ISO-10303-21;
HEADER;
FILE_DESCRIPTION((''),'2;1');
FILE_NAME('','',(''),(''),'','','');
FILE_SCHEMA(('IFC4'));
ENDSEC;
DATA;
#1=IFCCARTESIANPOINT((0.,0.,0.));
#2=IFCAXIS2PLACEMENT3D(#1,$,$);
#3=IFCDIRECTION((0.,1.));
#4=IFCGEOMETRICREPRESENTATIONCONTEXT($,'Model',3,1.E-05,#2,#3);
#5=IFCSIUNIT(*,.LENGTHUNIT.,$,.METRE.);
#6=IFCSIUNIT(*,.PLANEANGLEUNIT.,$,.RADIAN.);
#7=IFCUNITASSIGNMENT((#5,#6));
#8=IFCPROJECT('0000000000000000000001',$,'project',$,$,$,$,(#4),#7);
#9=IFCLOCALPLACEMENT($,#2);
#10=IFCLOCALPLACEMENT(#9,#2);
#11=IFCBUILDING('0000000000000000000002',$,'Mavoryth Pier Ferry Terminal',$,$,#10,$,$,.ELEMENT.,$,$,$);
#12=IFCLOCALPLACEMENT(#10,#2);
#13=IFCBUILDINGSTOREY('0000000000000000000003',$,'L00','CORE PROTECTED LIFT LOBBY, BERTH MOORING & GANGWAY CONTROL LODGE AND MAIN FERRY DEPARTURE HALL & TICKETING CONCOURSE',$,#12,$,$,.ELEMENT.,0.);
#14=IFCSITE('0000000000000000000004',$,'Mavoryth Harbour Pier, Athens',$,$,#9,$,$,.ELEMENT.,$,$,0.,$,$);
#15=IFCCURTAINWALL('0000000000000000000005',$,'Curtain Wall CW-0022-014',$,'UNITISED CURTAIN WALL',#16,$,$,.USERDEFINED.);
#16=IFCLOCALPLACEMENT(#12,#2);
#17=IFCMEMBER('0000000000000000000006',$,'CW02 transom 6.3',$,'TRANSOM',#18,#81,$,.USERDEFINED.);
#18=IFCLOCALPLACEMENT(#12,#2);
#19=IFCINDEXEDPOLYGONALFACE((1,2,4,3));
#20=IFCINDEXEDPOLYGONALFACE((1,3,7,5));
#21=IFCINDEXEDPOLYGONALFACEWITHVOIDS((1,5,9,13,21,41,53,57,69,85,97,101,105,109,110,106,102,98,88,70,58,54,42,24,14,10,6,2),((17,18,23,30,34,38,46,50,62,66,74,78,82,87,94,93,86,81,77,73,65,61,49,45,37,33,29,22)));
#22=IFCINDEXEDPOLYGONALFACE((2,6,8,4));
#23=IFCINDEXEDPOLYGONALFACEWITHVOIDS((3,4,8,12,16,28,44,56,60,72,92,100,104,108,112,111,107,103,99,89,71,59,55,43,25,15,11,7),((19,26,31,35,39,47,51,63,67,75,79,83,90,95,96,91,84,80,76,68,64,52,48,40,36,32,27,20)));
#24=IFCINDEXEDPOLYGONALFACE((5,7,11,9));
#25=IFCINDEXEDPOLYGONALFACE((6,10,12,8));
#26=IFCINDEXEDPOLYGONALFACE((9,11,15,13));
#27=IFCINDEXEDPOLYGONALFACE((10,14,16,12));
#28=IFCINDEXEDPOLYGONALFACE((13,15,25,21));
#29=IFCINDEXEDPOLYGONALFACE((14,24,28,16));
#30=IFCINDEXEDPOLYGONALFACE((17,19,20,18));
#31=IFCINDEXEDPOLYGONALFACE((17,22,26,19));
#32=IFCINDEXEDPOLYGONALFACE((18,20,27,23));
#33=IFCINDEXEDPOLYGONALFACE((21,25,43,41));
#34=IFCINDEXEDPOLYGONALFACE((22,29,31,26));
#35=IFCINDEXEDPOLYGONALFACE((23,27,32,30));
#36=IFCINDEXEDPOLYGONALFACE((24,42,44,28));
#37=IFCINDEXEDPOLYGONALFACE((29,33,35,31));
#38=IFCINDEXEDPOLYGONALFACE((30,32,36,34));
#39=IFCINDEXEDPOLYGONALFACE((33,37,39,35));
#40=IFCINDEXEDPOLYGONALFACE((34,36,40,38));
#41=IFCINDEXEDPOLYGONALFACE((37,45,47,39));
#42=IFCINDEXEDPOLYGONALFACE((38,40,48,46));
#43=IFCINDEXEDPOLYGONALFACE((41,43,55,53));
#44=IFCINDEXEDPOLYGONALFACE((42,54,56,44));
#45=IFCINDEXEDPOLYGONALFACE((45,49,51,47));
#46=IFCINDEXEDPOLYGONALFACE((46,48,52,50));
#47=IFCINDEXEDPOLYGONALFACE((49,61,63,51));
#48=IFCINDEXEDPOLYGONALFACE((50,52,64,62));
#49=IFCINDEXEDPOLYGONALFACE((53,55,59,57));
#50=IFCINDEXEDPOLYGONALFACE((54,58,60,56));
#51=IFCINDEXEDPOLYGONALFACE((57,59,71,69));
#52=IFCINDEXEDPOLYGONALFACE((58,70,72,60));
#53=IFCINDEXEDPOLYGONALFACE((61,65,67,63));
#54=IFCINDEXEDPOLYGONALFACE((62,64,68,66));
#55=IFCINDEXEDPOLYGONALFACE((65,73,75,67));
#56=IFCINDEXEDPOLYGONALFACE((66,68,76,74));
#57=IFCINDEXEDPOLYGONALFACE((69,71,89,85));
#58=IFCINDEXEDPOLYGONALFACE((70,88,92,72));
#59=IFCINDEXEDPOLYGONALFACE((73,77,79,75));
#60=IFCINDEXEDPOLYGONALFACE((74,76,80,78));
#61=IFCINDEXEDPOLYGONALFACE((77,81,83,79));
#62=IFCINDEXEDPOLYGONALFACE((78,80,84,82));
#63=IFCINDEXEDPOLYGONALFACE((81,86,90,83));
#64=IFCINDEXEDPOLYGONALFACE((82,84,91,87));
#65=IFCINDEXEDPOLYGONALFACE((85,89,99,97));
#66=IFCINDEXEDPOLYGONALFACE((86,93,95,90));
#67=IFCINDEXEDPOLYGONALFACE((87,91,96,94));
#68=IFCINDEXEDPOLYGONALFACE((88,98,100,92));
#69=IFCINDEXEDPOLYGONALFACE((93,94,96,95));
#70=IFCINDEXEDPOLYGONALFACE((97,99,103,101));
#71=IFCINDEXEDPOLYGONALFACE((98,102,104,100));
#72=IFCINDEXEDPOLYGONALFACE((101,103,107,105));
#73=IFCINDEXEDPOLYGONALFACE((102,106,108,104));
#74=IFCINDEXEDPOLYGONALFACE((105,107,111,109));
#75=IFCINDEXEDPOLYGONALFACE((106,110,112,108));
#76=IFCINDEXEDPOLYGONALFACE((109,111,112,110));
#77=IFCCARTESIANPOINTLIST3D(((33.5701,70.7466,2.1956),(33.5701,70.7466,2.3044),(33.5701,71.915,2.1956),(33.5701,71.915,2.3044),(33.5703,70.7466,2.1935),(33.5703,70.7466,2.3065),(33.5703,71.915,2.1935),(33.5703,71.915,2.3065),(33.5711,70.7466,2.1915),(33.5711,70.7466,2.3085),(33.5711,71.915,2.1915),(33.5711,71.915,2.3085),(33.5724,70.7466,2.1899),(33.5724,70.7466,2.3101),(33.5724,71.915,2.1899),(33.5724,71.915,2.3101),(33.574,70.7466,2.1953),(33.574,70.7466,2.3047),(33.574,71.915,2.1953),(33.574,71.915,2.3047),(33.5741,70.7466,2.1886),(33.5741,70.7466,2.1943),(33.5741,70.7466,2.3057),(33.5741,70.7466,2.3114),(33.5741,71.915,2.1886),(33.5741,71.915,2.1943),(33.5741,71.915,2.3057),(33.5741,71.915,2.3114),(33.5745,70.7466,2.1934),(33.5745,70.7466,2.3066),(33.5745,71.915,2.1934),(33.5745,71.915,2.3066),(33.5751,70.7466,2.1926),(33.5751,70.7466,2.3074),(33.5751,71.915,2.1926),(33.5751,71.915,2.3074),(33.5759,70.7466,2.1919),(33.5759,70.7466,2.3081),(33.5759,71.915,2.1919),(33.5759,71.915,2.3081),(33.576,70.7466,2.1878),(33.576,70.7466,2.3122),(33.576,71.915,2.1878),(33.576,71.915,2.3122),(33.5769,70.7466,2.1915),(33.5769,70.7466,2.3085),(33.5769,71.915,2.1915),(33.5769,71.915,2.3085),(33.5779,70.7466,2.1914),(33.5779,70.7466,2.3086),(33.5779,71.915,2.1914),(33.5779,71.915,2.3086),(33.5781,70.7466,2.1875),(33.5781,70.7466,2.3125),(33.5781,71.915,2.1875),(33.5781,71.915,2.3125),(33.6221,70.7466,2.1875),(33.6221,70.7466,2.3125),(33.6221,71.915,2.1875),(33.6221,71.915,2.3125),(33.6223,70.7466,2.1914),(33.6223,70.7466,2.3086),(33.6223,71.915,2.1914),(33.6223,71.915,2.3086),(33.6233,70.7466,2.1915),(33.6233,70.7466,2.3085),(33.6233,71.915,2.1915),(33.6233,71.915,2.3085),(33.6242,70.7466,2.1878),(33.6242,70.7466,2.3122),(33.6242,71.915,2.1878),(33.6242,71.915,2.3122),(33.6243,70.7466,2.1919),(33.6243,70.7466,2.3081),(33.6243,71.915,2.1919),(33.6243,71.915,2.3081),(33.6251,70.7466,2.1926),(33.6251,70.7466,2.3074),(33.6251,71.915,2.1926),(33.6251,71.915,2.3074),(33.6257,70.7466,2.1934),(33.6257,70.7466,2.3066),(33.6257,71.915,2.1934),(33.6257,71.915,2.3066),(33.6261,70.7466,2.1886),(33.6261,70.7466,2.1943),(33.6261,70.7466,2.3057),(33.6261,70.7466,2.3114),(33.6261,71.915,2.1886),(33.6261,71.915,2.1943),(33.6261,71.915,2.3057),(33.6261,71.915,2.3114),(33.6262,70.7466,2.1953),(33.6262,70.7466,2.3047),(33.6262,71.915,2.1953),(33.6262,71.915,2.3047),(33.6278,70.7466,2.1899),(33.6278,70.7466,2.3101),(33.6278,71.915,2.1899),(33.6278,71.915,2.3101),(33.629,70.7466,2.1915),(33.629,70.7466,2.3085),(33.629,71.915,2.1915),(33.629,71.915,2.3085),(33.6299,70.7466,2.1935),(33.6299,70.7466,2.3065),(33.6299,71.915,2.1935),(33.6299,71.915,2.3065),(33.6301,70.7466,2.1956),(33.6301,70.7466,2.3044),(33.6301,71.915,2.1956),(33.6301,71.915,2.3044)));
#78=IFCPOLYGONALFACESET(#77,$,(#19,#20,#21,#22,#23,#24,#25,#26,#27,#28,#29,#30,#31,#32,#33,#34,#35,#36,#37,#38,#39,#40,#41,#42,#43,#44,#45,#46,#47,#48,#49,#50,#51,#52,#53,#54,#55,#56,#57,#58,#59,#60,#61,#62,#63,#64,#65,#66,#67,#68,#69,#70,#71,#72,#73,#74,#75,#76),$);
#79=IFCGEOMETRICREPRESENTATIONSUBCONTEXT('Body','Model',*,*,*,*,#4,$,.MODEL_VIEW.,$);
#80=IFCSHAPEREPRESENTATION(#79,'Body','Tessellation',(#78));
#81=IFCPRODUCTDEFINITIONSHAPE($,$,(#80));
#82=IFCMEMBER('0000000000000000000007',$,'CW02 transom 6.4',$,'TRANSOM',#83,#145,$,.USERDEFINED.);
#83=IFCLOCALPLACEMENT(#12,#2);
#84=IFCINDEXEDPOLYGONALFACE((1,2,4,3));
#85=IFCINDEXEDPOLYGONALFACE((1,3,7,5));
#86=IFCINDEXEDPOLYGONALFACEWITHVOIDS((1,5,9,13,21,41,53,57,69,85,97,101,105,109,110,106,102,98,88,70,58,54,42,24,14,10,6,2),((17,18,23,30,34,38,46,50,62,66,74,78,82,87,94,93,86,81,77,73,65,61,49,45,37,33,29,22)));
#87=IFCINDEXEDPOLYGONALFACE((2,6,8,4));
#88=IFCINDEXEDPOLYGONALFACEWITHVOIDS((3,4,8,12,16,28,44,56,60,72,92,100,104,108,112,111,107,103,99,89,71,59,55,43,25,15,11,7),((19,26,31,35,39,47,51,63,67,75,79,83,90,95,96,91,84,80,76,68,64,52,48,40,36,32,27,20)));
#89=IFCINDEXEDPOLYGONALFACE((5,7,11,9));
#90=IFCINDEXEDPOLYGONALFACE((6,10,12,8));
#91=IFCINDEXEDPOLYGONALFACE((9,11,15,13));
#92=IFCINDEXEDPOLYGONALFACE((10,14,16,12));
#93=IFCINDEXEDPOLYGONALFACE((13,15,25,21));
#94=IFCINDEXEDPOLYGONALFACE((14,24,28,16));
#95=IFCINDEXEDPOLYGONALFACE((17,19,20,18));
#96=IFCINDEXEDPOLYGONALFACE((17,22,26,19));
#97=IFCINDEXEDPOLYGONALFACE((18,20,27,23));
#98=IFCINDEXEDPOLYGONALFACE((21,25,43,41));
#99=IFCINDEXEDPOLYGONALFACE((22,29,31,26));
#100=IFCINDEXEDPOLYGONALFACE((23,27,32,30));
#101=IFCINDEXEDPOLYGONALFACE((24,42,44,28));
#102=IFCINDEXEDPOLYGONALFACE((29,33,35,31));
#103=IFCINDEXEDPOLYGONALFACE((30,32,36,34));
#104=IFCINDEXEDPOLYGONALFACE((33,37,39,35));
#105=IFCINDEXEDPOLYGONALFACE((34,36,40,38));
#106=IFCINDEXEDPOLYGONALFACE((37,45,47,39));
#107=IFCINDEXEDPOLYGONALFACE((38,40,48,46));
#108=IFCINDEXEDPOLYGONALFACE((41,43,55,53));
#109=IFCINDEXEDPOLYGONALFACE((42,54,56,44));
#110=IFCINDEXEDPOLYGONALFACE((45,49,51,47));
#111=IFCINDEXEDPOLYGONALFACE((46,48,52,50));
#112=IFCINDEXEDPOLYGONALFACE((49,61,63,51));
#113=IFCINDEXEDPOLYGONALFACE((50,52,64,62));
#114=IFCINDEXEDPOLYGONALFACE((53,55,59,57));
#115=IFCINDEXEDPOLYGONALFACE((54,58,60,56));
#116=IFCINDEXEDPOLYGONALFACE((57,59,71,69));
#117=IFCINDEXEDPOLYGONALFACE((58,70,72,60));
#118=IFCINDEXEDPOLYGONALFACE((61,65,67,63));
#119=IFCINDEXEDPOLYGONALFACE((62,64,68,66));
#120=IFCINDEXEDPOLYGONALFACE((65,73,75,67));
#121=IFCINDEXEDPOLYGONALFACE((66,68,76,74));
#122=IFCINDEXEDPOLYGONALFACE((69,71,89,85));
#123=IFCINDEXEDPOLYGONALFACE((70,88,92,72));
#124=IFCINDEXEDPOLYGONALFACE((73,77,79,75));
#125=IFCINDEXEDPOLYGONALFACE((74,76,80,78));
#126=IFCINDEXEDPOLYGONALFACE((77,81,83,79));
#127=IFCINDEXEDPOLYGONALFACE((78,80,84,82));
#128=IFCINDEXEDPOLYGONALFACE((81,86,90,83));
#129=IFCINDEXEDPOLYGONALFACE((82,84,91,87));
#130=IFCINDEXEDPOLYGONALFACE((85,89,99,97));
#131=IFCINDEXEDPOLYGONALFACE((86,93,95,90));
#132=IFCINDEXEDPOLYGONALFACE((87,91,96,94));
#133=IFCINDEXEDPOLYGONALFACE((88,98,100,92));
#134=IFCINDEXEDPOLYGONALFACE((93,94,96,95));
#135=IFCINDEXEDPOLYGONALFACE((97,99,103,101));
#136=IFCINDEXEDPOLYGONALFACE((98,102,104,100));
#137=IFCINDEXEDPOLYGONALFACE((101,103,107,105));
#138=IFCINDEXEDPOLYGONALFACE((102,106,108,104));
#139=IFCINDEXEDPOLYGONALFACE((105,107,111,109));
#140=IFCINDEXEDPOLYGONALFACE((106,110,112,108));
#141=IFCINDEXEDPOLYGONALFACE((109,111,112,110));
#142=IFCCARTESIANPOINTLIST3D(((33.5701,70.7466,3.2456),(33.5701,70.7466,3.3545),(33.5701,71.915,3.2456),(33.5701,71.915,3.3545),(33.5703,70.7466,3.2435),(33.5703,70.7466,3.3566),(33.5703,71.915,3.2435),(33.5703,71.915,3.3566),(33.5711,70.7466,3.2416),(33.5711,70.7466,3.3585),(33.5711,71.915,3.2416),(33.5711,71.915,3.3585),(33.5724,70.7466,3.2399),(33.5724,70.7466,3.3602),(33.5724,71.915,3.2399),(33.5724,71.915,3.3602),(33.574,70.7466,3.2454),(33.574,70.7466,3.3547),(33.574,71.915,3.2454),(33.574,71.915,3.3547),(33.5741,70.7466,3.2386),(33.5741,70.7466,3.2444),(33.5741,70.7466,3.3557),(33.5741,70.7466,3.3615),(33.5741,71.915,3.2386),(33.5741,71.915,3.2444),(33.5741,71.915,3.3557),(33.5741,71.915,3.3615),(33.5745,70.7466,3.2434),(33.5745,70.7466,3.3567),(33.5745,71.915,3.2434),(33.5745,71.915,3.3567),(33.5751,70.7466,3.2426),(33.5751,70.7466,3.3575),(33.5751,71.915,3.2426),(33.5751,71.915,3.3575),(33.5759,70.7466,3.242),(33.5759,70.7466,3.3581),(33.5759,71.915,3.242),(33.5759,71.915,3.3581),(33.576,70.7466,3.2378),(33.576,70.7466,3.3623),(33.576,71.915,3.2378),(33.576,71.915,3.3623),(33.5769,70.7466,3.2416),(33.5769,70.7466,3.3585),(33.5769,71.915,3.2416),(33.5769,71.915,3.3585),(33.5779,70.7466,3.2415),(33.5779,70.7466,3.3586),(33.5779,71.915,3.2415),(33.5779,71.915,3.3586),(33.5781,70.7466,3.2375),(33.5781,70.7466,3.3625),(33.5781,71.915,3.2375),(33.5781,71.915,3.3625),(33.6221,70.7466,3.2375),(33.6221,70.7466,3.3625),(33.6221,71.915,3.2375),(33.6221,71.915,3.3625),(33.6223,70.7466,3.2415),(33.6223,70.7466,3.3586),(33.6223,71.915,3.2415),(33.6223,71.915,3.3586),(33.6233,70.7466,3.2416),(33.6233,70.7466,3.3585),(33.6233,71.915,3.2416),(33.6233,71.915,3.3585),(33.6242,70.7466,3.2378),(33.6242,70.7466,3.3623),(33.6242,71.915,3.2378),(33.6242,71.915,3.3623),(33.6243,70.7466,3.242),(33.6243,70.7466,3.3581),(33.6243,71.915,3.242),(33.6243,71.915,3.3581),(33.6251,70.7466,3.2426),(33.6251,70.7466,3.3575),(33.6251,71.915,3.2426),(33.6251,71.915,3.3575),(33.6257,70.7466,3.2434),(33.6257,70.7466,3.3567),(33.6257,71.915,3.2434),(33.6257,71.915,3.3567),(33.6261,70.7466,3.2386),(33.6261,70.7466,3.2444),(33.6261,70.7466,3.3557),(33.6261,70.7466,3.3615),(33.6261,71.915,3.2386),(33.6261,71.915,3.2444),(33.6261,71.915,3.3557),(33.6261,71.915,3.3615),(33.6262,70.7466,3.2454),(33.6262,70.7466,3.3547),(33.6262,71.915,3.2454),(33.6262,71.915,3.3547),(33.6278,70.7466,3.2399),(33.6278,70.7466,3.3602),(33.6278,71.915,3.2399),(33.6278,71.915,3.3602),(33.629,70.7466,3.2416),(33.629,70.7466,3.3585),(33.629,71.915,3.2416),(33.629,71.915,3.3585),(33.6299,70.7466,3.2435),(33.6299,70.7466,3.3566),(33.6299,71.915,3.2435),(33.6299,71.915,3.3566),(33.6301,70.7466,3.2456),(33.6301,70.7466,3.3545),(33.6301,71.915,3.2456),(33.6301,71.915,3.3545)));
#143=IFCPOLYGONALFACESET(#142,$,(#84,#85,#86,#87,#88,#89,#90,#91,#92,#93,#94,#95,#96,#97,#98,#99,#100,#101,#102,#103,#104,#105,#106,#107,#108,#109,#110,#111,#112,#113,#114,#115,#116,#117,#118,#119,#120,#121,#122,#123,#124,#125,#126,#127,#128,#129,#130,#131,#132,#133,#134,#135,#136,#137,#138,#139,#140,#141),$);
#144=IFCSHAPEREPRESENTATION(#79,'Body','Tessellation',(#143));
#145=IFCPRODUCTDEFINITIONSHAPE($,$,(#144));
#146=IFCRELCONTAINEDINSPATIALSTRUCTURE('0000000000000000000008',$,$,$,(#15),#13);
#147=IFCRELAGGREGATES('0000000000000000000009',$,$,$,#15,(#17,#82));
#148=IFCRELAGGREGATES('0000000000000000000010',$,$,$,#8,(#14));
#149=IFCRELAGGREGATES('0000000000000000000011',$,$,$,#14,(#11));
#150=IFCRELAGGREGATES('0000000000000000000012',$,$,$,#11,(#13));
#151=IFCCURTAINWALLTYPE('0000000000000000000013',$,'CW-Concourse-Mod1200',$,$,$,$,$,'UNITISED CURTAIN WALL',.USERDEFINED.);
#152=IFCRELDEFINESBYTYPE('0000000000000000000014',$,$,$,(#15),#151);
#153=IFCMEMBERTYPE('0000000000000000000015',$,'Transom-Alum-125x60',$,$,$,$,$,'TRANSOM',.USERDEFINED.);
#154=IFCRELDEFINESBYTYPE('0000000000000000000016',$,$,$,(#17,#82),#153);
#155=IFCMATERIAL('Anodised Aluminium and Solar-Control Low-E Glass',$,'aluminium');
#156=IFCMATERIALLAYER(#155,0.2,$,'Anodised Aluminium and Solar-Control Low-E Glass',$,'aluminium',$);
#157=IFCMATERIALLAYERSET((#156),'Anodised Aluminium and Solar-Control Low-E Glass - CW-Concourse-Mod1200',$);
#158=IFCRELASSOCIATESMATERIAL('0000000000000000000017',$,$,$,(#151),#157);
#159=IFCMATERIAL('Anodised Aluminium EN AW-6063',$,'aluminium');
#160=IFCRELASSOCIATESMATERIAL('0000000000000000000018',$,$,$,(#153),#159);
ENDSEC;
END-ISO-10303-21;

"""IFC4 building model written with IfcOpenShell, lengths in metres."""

from ifc_helpers import new_model, si_unit, direction, frame, origin, origin_2d, place, context, subcontext, project, spatial, hollow_rectangle, extrude, material, layer, layer_set, material_profile, profile_set, type_object, element, aggregate, save


model = new_model("IFC4")

# Units and contexts
model_context = context("Model", 3, precision=1e-05, world=origin(), true_north=direction((0.0, 1.0)))
body_context = subcontext(model_context, "Body", "Model", "MODEL_VIEW")
ifc_project = project(units=[si_unit("LENGTHUNIT", "METRE"), si_unit("PLANEANGLEUNIT", "RADIAN")], contexts=[model_context])

# Site, building, storey
site_placement = place(None, origin())
site = spatial("IfcSite", under=ifc_project, at=site_placement, Name="Mavoryth Harbour Pier, Athens", CompositionType="ELEMENT", RefElevation=0.0)
building_placement = place(site_placement, origin())
building = spatial("IfcBuilding", under=site, at=building_placement, Name="Mavoryth Pier Ferry Terminal", CompositionType="ELEMENT")
storey_placement = place(building_placement, origin())
storey = spatial("IfcBuildingStorey", under=building, at=storey_placement, Name="L00", Description="CORE PROTECTED LIFT LOBBY, BERTH MOORING & GANGWAY CONTROL LODGE AND MAIN FERRY DEPARTURE HALL & TICKETING CONCOURSE", CompositionType="ELEMENT", Elevation=0.0)

# Curtain wall
ifc_material_1 = material(Name="Anodised Aluminium and Solar-Control Low-E Glass", Category="aluminium")
ifc_layer_1 = layer(ifc_material_1, 0.2, Name="Anodised Aluminium and Solar-Control Low-E Glass", Category="aluminium")
ifc_layer_set_1 = layer_set([ifc_layer_1], Name="Anodised Aluminium and Solar-Control Low-E Glass - CW-Concourse-Mod1200")
curtain_wall_type = type_object("IfcCurtainWallType", Name="CW-Concourse-Mod1200", ElementType="UNITISED CURTAIN WALL", PredefinedType="USERDEFINED", material=ifc_layer_set_1)
curtain_wall_1_placement = place(storey_placement, origin())
curtain_wall_1 = element("IfcCurtainWall", 1, at=curtain_wall_1_placement, inside=storey, type_object=curtain_wall_type, Name="Curtain Wall CW-0022-014", ObjectType="UNITISED CURTAIN WALL", PredefinedType="USERDEFINED")
ifc_material_2 = material(Name="Anodised Aluminium EN AW-6063", Category="aluminium")

# Members
ifc_material_profile_1 = material_profile(ifc_material_2, hollow_rectangle(XDim=0.0601, YDim=0.125, WallThickness=0.0039, InnerFilletRadius=0.0039, OuterFilletRadius=0.0081, at=origin_2d()), Name="AL-TRAN 125x60x4", Category="aluminium")
ifc_profile_set_1 = profile_set([ifc_material_profile_1], Name="Anodised Aluminium EN AW-6063 - AL-TRAN 125x60x4")
member_type_1 = type_object("IfcMemberType", Name="Transom-Alum-125x60", ElementType="TRANSOM", PredefinedType="USERDEFINED", material=ifc_profile_set_1)
member_1_placement = place(storey_placement, frame((33.6001, 70.7466, 2.25), z_axis=(0.0, 1.0, 0.0), x_axis=(-1.0, 0.0, 0.0)))
member_1 = element("IfcMember", 2, at=member_1_placement, type_object=member_type_1, Name="CW02 transom 6.3", ObjectType="TRANSOM", PredefinedType="USERDEFINED", context=body_context, shape_type="SweptSolid", body=[
    extrude(hollow_rectangle(XDim=0.0601, YDim=0.125, WallThickness=0.0039, InnerFilletRadius=0.0039, OuterFilletRadius=0.0081, at=origin_2d()), origin(), (0.0, 0.0, 1.0), 1.1685),
])
member_2_placement = place(storey_placement, frame((33.6001, 70.7466, 3.3), z_axis=(0.0, 1.0, 0.0), x_axis=(-1.0, 0.0, 0.0)))
member_2 = element("IfcMember", 3, at=member_2_placement, type_object=member_type_1, Name="CW02 transom 6.4", ObjectType="TRANSOM", PredefinedType="USERDEFINED", context=body_context, shape_type="SweptSolid", body=[
    extrude(hollow_rectangle(XDim=0.0601, YDim=0.125, WallThickness=0.0039, InnerFilletRadius=0.0039, OuterFilletRadius=0.0081, at=origin_2d()), origin(), (0.0, 0.0, 1.0), 1.1685),
])

aggregate(curtain_wall_1, [member_1, member_2])

save(model, "model.ifc")
